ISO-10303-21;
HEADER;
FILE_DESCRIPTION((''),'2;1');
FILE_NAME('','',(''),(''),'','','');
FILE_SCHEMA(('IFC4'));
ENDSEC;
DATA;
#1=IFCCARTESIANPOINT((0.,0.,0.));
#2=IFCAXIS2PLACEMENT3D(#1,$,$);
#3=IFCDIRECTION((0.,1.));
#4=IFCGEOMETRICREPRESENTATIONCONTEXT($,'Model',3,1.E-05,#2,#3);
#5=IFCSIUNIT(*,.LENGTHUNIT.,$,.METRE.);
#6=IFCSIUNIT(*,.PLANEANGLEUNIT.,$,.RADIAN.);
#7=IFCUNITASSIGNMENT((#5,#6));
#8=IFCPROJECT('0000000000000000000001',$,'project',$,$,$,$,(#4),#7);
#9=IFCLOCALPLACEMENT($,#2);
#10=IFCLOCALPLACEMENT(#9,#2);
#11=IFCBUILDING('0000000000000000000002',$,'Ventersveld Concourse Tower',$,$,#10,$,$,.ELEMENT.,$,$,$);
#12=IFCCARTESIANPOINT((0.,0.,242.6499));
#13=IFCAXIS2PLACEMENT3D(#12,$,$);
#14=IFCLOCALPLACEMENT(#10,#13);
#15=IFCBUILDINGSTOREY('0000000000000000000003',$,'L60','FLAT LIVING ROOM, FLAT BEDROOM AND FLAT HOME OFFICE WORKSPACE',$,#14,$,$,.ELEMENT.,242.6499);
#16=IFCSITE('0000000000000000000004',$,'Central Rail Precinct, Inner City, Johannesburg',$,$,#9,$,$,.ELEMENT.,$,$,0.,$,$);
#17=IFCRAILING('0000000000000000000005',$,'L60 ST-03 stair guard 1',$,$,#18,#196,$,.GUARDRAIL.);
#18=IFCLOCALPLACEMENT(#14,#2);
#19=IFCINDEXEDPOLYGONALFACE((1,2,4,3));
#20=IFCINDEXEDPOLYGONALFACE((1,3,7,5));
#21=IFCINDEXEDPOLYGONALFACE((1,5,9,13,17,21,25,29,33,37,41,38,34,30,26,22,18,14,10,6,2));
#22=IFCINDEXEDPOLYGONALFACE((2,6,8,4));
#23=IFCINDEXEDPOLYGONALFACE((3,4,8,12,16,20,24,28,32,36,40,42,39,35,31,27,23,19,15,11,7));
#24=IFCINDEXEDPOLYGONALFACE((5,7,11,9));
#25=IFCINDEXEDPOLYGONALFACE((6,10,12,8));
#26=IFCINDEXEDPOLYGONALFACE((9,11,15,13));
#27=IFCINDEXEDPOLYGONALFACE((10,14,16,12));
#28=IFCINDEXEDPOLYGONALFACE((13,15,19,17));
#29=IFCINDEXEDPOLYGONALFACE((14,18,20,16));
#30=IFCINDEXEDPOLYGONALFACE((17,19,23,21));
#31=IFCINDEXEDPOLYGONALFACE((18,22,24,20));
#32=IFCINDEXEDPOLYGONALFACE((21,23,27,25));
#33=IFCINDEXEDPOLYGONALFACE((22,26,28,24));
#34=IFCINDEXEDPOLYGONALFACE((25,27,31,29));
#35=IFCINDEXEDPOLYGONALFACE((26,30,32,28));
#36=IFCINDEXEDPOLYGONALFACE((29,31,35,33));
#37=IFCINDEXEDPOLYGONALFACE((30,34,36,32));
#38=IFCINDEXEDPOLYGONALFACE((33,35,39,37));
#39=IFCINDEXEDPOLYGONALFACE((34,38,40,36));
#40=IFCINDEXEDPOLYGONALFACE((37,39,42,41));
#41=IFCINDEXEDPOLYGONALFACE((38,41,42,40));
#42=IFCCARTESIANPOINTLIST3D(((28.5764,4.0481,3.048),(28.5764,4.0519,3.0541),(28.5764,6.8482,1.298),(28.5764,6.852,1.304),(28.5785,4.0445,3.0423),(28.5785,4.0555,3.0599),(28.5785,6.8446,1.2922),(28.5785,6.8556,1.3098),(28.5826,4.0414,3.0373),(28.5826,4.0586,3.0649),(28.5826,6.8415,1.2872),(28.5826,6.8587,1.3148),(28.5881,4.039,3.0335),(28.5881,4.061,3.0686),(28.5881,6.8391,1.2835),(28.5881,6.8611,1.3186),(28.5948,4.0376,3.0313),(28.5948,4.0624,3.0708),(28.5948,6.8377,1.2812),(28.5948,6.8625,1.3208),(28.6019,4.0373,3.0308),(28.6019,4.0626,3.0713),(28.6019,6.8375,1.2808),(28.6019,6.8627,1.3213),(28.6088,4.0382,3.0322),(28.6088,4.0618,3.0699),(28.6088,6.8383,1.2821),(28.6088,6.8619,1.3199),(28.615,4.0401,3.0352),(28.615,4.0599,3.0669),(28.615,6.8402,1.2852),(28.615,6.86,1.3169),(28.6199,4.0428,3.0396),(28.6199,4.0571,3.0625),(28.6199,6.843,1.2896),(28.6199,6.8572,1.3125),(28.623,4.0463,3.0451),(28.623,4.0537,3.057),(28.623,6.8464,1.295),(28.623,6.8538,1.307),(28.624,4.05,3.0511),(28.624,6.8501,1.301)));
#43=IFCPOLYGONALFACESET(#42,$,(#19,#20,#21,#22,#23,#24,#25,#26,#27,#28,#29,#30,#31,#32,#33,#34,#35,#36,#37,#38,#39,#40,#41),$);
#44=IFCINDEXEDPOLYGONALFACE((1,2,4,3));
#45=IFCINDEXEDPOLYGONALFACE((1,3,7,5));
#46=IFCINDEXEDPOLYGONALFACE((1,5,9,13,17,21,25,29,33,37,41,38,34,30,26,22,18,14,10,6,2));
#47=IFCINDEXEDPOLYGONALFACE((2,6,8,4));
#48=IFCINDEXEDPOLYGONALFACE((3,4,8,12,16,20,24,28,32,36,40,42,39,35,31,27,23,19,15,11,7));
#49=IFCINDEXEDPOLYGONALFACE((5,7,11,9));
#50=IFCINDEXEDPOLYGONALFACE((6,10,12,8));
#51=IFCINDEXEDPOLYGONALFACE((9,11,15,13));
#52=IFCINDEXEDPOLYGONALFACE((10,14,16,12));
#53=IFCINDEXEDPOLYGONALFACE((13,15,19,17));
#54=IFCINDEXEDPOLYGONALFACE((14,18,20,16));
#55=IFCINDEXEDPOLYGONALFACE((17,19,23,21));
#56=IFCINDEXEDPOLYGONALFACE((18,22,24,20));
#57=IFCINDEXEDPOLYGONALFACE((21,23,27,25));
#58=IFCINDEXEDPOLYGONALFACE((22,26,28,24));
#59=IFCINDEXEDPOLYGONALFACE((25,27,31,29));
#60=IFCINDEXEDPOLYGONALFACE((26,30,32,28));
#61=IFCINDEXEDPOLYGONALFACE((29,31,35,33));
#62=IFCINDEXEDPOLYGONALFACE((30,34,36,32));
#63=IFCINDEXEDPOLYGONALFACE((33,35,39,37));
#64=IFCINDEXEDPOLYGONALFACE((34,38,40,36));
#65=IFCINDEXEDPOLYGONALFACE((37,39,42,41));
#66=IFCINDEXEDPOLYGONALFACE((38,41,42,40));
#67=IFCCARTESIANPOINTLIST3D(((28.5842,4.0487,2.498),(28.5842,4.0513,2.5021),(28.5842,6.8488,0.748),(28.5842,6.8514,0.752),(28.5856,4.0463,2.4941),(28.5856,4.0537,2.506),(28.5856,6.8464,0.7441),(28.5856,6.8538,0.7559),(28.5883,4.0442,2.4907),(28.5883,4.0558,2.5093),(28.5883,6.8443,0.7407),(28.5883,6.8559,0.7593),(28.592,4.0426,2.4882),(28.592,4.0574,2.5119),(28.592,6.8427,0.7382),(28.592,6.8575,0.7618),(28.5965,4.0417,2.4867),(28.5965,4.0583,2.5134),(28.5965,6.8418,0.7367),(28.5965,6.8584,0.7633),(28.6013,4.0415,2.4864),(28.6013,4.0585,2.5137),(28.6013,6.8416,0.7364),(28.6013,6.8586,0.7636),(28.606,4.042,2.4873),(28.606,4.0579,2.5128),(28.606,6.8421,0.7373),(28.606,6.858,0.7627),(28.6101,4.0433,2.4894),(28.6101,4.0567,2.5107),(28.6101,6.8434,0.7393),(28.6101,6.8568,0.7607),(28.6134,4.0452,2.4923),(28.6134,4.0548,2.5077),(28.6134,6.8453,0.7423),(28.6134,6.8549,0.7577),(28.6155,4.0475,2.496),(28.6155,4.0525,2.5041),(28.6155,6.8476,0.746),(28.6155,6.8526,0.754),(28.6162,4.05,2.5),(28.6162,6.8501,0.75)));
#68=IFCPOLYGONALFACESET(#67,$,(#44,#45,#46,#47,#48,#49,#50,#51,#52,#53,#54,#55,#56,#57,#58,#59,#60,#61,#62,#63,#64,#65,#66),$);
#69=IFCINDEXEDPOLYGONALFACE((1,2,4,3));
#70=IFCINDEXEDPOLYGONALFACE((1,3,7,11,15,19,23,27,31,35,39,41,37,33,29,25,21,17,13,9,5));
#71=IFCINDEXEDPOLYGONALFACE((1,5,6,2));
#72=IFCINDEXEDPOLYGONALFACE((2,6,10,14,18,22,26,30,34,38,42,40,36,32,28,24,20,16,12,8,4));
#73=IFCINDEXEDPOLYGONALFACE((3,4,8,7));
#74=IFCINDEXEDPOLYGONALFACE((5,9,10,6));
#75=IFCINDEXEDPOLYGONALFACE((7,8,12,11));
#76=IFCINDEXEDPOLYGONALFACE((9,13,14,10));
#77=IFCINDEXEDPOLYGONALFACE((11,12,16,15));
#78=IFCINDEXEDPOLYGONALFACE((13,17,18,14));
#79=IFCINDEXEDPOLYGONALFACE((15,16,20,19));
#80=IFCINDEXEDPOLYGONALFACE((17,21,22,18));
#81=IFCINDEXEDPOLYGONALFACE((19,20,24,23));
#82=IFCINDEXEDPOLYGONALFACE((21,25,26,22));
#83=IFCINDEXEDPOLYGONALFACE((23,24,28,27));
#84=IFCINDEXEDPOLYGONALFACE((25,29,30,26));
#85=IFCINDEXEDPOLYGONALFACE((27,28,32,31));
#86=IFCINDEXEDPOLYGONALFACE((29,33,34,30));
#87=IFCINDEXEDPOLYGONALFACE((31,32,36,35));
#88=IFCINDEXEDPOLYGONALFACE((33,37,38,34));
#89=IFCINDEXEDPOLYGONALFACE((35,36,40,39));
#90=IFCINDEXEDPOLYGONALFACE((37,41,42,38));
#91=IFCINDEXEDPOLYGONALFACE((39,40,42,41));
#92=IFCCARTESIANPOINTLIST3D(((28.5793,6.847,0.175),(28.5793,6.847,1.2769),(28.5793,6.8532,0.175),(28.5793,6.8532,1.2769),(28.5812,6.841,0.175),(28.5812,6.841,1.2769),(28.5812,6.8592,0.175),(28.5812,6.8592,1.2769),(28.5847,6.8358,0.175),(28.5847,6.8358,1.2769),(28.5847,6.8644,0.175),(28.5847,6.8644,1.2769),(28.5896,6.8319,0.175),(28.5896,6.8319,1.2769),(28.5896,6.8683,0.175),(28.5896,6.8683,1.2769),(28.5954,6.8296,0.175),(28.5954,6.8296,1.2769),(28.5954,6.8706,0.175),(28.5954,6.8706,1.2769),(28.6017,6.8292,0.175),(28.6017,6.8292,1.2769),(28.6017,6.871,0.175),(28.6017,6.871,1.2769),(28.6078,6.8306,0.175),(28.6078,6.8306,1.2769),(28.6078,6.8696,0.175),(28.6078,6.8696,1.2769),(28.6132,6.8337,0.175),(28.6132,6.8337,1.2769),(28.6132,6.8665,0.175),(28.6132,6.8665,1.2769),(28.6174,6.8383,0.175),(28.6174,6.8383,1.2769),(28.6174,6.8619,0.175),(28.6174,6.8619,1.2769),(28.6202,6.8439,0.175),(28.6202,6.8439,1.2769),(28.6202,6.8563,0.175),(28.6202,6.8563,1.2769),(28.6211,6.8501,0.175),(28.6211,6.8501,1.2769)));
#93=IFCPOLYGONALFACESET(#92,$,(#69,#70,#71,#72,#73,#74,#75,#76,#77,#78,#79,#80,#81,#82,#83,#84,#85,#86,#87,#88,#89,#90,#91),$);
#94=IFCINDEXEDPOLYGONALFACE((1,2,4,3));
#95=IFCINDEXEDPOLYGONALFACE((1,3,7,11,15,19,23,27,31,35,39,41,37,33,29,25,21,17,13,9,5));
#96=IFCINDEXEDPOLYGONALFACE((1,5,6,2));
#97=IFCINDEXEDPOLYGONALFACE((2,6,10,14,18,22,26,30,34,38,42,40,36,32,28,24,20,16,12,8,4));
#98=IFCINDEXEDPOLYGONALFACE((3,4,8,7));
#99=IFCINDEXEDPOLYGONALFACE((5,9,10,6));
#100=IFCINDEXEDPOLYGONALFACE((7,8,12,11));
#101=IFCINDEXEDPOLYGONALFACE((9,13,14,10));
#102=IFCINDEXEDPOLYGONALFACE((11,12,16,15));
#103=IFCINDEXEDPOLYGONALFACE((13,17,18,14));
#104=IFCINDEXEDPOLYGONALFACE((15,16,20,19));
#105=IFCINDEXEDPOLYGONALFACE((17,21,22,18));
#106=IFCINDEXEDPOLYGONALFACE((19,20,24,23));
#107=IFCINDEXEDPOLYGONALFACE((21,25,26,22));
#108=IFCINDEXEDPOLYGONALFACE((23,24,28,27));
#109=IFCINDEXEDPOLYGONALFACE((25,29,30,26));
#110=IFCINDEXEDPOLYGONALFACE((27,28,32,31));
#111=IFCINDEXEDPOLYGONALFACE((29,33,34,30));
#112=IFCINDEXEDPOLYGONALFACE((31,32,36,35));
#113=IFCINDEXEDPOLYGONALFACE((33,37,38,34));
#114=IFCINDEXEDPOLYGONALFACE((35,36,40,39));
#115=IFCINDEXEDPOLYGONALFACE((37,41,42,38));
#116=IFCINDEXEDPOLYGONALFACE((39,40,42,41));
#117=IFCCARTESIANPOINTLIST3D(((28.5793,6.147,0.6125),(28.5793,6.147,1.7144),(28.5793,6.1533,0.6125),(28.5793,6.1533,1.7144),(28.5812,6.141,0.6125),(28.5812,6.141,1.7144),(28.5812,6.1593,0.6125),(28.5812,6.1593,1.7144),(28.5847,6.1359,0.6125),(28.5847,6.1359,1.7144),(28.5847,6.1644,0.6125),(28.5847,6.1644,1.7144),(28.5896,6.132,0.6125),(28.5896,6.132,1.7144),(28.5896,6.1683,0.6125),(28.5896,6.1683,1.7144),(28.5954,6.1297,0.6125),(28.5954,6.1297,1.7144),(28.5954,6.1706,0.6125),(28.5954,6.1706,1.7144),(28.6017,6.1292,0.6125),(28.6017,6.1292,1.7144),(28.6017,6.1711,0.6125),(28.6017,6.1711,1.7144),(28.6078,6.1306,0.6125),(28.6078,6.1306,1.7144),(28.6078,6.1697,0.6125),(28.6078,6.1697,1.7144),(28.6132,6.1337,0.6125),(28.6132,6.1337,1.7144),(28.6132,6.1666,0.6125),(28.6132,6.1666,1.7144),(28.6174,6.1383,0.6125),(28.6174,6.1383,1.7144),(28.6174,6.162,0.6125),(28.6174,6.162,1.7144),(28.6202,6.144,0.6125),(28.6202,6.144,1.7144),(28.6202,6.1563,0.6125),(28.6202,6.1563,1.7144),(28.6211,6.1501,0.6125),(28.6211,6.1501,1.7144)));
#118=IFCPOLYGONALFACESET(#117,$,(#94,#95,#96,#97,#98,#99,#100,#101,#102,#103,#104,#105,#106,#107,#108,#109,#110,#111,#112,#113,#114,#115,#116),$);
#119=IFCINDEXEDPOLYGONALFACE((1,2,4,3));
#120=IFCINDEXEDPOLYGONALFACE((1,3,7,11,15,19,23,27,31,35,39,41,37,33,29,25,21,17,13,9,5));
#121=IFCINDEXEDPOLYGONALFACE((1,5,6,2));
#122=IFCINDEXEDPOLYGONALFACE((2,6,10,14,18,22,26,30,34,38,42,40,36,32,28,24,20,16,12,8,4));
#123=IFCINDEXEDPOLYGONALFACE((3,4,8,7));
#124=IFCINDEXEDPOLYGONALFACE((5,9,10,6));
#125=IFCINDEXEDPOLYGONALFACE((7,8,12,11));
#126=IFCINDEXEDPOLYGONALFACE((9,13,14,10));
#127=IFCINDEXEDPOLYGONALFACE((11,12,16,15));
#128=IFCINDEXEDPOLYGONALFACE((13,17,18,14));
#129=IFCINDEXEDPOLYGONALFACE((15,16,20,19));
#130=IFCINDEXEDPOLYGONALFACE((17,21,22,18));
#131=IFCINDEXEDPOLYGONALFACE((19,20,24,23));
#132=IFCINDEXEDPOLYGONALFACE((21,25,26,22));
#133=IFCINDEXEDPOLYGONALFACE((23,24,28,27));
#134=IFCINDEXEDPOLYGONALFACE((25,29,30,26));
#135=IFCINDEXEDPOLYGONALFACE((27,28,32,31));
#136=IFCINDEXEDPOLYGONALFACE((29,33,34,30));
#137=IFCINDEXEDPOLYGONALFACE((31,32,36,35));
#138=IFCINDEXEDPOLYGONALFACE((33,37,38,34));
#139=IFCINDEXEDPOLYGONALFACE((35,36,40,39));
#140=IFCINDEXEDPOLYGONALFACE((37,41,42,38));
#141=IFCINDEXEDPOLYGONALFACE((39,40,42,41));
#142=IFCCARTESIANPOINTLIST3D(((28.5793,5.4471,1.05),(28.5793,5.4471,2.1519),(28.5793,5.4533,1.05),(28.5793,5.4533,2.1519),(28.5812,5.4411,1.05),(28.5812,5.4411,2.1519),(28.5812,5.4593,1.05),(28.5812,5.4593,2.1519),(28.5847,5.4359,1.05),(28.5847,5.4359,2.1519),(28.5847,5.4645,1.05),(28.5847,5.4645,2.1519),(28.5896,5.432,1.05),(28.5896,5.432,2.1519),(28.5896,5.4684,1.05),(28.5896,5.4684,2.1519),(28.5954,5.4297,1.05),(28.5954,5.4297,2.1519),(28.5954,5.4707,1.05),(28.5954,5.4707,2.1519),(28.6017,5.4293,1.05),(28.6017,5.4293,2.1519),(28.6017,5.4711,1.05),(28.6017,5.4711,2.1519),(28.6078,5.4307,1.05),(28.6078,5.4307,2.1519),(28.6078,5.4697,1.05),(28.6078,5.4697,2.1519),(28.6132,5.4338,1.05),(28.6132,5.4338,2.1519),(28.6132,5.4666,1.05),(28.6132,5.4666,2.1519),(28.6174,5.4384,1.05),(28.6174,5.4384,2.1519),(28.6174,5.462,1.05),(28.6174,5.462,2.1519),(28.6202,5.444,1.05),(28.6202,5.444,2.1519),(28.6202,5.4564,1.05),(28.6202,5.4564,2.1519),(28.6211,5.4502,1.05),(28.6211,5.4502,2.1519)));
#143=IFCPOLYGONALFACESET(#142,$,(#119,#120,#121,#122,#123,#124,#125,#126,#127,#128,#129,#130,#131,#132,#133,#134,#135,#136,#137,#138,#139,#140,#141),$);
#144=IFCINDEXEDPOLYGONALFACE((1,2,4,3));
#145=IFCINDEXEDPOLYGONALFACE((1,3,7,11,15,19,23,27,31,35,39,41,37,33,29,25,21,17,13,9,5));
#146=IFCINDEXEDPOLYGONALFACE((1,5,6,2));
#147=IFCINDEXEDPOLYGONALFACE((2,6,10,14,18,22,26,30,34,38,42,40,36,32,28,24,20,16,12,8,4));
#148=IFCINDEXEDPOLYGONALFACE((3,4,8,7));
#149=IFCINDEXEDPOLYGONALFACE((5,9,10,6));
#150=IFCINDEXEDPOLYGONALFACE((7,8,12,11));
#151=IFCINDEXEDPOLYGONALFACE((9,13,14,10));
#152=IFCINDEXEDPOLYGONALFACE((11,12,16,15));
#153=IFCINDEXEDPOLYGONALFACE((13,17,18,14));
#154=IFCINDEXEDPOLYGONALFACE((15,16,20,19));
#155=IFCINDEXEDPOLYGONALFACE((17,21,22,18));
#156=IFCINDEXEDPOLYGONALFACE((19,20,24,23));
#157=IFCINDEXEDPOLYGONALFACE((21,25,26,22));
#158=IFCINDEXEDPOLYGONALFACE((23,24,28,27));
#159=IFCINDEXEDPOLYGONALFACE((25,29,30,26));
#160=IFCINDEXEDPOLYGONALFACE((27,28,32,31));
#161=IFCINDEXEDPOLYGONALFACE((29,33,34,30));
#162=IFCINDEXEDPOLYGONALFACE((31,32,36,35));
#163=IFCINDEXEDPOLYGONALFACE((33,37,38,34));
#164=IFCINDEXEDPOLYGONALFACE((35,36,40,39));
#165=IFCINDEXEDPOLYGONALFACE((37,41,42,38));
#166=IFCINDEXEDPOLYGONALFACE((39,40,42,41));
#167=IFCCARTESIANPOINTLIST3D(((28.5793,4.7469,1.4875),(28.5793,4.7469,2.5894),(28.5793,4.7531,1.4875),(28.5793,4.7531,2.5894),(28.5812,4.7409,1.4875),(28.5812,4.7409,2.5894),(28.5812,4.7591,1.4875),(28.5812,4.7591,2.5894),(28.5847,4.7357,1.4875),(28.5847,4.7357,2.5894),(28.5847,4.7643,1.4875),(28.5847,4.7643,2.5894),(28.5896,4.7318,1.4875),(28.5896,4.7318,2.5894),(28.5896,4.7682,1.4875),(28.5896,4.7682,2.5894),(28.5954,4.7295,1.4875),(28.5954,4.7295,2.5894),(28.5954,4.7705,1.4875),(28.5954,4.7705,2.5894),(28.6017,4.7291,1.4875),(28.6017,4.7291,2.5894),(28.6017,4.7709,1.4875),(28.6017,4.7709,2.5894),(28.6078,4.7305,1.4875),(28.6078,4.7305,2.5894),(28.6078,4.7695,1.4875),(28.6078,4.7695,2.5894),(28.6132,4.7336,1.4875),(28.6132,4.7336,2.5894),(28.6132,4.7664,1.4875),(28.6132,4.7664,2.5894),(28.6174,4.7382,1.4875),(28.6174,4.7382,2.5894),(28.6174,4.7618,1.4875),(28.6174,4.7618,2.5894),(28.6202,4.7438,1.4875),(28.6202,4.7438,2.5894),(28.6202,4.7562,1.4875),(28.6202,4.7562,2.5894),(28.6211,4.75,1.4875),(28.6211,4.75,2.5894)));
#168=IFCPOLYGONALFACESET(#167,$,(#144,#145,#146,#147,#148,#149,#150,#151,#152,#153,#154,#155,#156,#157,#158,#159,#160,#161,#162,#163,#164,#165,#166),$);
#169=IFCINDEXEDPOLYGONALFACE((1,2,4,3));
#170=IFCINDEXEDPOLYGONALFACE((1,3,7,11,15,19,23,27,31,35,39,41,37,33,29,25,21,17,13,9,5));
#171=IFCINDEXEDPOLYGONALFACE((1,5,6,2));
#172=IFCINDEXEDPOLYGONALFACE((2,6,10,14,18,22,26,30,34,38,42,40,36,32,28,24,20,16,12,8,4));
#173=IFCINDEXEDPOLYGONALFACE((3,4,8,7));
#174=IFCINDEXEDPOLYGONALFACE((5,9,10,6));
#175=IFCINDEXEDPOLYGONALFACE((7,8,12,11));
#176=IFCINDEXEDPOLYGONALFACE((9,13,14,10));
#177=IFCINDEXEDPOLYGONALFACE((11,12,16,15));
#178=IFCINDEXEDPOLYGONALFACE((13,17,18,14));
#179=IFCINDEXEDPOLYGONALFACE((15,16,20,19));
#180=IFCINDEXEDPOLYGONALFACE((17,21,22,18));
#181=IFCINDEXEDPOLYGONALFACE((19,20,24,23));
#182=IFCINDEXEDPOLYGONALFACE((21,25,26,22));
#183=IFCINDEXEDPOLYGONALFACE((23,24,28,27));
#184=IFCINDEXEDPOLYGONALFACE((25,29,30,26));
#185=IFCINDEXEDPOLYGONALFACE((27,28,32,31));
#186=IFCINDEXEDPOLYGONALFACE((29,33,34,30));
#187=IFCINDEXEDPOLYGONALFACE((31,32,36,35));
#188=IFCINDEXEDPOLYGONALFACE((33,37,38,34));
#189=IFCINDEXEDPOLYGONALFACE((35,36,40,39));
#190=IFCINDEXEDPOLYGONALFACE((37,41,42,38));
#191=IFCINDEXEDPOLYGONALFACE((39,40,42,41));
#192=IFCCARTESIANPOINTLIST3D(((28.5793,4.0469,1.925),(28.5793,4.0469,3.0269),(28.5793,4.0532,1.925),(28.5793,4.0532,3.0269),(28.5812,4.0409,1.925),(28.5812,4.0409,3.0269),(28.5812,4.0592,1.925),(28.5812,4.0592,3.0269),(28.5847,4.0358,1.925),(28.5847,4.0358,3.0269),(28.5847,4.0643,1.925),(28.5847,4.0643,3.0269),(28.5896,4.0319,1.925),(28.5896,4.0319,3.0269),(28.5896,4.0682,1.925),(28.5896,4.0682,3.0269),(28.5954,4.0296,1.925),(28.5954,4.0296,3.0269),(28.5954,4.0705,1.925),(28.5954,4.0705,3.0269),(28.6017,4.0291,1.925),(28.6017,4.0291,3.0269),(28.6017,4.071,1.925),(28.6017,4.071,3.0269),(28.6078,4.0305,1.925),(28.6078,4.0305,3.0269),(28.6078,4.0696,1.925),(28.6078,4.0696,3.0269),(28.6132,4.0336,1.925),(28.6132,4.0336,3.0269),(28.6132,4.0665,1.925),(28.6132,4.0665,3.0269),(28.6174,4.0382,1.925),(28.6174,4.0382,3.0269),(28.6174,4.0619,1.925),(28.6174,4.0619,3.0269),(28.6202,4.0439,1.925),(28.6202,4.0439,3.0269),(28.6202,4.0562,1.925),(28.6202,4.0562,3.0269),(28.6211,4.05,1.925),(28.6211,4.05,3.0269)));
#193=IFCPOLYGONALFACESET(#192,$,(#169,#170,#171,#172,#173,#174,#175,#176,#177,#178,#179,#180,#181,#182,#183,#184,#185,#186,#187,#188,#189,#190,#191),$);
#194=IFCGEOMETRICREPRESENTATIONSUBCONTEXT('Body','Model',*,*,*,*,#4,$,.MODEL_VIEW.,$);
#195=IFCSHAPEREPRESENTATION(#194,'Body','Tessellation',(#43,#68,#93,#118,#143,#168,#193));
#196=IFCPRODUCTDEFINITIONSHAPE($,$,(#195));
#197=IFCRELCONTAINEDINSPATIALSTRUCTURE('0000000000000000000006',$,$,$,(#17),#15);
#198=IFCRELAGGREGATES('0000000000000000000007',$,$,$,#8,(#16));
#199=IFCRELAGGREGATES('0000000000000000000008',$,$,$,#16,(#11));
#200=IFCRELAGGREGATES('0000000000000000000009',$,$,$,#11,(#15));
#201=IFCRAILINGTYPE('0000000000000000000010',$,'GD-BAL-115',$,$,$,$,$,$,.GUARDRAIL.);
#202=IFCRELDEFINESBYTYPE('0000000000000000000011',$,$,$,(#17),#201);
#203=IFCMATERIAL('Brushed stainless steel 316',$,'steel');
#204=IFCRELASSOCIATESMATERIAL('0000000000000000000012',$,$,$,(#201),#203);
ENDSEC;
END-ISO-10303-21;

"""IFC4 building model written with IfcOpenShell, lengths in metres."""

from ifc_helpers import new_model, si_unit, direction, frame, origin, origin_2d, place, context, subcontext, project, spatial, circle, extrude, material, type_object, element, save


model = new_model("IFC4")

# Units and contexts
model_context = context("Model", 3, precision=1e-05, world=origin(), true_north=direction((0.0, 1.0)))
body_context = subcontext(model_context, "Body", "Model", "MODEL_VIEW")
ifc_project = project(units=[si_unit("LENGTHUNIT", "METRE"), si_unit("PLANEANGLEUNIT", "RADIAN")], contexts=[model_context])

# Site, building, storey
site_placement = place(None, origin())
site = spatial("IfcSite", under=ifc_project, at=site_placement, Name="Central Rail Precinct, Inner City, Johannesburg", CompositionType="ELEMENT", RefElevation=0.0)
building_placement = place(site_placement, origin())
building = spatial("IfcBuilding", under=site, at=building_placement, Name="Ventersveld Concourse Tower", CompositionType="ELEMENT")
storey_placement = place(building_placement, frame((0.0, 0.0, 242.6499)))
storey = spatial("IfcBuildingStorey", under=building, at=storey_placement, Name="L60", Description="FLAT LIVING ROOM, FLAT BEDROOM AND FLAT HOME OFFICE WORKSPACE", CompositionType="ELEMENT", Elevation=242.6499)

# Shared definitions
ifc_material_1 = material(Name="Brushed stainless steel 316", Category="steel")

# Railing
railing_type_1 = type_object("IfcRailingType", Name="GD-BAL-115", PredefinedType="GUARDRAIL", material=ifc_material_1)
railing_1_placement = place(storey_placement, frame((28.6001, 6.8501, 0.175)))
element("IfcRailing", 1, at=railing_1_placement, inside=storey, type_object=railing_type_1, Name="L60 ST-03 stair guard 1", PredefinedType="GUARDRAIL", context=body_context, shape_type="SweptSolid", body=[
    extrude(circle(Radius=0.0239, at=origin_2d()), frame((0.0, 0.0, 1.126), z_axis=(0.0, -0.848002, 0.529992), x_axis=(1.0, 0.0, 0.0)), (0.0, 0.0, 1.0), 3.302),
    extrude(circle(Radius=0.0161, at=origin_2d()), frame((0.0, 0.0, 0.575), z_axis=(0.0, -0.848002, 0.529992), x_axis=(1.0, 0.0, 0.0)), (0.0, 0.0, 1.0), 3.302),
    extrude(circle(Radius=0.021, at=origin_2d()), origin(), (0.0, 0.0, 1.0), 1.1018),
    extrude(circle(Radius=0.021, at=origin_2d()), frame((0.0, -0.7, 0.4375)), (0.0, 0.0, 1.0), 1.1018),
    extrude(circle(Radius=0.021, at=origin_2d()), frame((0.0, -1.3999, 0.875)), (0.0, 0.0, 1.0), 1.1018),
    extrude(circle(Radius=0.021, at=origin_2d()), frame((0.0, -2.1001, 1.3125)), (0.0, 0.0, 1.0), 1.1018),
    extrude(circle(Radius=0.021, at=origin_2d()), frame((0.0, -2.8, 1.75)), (0.0, 0.0, 1.0), 1.1018),
])

save(model, "model.ifc")
